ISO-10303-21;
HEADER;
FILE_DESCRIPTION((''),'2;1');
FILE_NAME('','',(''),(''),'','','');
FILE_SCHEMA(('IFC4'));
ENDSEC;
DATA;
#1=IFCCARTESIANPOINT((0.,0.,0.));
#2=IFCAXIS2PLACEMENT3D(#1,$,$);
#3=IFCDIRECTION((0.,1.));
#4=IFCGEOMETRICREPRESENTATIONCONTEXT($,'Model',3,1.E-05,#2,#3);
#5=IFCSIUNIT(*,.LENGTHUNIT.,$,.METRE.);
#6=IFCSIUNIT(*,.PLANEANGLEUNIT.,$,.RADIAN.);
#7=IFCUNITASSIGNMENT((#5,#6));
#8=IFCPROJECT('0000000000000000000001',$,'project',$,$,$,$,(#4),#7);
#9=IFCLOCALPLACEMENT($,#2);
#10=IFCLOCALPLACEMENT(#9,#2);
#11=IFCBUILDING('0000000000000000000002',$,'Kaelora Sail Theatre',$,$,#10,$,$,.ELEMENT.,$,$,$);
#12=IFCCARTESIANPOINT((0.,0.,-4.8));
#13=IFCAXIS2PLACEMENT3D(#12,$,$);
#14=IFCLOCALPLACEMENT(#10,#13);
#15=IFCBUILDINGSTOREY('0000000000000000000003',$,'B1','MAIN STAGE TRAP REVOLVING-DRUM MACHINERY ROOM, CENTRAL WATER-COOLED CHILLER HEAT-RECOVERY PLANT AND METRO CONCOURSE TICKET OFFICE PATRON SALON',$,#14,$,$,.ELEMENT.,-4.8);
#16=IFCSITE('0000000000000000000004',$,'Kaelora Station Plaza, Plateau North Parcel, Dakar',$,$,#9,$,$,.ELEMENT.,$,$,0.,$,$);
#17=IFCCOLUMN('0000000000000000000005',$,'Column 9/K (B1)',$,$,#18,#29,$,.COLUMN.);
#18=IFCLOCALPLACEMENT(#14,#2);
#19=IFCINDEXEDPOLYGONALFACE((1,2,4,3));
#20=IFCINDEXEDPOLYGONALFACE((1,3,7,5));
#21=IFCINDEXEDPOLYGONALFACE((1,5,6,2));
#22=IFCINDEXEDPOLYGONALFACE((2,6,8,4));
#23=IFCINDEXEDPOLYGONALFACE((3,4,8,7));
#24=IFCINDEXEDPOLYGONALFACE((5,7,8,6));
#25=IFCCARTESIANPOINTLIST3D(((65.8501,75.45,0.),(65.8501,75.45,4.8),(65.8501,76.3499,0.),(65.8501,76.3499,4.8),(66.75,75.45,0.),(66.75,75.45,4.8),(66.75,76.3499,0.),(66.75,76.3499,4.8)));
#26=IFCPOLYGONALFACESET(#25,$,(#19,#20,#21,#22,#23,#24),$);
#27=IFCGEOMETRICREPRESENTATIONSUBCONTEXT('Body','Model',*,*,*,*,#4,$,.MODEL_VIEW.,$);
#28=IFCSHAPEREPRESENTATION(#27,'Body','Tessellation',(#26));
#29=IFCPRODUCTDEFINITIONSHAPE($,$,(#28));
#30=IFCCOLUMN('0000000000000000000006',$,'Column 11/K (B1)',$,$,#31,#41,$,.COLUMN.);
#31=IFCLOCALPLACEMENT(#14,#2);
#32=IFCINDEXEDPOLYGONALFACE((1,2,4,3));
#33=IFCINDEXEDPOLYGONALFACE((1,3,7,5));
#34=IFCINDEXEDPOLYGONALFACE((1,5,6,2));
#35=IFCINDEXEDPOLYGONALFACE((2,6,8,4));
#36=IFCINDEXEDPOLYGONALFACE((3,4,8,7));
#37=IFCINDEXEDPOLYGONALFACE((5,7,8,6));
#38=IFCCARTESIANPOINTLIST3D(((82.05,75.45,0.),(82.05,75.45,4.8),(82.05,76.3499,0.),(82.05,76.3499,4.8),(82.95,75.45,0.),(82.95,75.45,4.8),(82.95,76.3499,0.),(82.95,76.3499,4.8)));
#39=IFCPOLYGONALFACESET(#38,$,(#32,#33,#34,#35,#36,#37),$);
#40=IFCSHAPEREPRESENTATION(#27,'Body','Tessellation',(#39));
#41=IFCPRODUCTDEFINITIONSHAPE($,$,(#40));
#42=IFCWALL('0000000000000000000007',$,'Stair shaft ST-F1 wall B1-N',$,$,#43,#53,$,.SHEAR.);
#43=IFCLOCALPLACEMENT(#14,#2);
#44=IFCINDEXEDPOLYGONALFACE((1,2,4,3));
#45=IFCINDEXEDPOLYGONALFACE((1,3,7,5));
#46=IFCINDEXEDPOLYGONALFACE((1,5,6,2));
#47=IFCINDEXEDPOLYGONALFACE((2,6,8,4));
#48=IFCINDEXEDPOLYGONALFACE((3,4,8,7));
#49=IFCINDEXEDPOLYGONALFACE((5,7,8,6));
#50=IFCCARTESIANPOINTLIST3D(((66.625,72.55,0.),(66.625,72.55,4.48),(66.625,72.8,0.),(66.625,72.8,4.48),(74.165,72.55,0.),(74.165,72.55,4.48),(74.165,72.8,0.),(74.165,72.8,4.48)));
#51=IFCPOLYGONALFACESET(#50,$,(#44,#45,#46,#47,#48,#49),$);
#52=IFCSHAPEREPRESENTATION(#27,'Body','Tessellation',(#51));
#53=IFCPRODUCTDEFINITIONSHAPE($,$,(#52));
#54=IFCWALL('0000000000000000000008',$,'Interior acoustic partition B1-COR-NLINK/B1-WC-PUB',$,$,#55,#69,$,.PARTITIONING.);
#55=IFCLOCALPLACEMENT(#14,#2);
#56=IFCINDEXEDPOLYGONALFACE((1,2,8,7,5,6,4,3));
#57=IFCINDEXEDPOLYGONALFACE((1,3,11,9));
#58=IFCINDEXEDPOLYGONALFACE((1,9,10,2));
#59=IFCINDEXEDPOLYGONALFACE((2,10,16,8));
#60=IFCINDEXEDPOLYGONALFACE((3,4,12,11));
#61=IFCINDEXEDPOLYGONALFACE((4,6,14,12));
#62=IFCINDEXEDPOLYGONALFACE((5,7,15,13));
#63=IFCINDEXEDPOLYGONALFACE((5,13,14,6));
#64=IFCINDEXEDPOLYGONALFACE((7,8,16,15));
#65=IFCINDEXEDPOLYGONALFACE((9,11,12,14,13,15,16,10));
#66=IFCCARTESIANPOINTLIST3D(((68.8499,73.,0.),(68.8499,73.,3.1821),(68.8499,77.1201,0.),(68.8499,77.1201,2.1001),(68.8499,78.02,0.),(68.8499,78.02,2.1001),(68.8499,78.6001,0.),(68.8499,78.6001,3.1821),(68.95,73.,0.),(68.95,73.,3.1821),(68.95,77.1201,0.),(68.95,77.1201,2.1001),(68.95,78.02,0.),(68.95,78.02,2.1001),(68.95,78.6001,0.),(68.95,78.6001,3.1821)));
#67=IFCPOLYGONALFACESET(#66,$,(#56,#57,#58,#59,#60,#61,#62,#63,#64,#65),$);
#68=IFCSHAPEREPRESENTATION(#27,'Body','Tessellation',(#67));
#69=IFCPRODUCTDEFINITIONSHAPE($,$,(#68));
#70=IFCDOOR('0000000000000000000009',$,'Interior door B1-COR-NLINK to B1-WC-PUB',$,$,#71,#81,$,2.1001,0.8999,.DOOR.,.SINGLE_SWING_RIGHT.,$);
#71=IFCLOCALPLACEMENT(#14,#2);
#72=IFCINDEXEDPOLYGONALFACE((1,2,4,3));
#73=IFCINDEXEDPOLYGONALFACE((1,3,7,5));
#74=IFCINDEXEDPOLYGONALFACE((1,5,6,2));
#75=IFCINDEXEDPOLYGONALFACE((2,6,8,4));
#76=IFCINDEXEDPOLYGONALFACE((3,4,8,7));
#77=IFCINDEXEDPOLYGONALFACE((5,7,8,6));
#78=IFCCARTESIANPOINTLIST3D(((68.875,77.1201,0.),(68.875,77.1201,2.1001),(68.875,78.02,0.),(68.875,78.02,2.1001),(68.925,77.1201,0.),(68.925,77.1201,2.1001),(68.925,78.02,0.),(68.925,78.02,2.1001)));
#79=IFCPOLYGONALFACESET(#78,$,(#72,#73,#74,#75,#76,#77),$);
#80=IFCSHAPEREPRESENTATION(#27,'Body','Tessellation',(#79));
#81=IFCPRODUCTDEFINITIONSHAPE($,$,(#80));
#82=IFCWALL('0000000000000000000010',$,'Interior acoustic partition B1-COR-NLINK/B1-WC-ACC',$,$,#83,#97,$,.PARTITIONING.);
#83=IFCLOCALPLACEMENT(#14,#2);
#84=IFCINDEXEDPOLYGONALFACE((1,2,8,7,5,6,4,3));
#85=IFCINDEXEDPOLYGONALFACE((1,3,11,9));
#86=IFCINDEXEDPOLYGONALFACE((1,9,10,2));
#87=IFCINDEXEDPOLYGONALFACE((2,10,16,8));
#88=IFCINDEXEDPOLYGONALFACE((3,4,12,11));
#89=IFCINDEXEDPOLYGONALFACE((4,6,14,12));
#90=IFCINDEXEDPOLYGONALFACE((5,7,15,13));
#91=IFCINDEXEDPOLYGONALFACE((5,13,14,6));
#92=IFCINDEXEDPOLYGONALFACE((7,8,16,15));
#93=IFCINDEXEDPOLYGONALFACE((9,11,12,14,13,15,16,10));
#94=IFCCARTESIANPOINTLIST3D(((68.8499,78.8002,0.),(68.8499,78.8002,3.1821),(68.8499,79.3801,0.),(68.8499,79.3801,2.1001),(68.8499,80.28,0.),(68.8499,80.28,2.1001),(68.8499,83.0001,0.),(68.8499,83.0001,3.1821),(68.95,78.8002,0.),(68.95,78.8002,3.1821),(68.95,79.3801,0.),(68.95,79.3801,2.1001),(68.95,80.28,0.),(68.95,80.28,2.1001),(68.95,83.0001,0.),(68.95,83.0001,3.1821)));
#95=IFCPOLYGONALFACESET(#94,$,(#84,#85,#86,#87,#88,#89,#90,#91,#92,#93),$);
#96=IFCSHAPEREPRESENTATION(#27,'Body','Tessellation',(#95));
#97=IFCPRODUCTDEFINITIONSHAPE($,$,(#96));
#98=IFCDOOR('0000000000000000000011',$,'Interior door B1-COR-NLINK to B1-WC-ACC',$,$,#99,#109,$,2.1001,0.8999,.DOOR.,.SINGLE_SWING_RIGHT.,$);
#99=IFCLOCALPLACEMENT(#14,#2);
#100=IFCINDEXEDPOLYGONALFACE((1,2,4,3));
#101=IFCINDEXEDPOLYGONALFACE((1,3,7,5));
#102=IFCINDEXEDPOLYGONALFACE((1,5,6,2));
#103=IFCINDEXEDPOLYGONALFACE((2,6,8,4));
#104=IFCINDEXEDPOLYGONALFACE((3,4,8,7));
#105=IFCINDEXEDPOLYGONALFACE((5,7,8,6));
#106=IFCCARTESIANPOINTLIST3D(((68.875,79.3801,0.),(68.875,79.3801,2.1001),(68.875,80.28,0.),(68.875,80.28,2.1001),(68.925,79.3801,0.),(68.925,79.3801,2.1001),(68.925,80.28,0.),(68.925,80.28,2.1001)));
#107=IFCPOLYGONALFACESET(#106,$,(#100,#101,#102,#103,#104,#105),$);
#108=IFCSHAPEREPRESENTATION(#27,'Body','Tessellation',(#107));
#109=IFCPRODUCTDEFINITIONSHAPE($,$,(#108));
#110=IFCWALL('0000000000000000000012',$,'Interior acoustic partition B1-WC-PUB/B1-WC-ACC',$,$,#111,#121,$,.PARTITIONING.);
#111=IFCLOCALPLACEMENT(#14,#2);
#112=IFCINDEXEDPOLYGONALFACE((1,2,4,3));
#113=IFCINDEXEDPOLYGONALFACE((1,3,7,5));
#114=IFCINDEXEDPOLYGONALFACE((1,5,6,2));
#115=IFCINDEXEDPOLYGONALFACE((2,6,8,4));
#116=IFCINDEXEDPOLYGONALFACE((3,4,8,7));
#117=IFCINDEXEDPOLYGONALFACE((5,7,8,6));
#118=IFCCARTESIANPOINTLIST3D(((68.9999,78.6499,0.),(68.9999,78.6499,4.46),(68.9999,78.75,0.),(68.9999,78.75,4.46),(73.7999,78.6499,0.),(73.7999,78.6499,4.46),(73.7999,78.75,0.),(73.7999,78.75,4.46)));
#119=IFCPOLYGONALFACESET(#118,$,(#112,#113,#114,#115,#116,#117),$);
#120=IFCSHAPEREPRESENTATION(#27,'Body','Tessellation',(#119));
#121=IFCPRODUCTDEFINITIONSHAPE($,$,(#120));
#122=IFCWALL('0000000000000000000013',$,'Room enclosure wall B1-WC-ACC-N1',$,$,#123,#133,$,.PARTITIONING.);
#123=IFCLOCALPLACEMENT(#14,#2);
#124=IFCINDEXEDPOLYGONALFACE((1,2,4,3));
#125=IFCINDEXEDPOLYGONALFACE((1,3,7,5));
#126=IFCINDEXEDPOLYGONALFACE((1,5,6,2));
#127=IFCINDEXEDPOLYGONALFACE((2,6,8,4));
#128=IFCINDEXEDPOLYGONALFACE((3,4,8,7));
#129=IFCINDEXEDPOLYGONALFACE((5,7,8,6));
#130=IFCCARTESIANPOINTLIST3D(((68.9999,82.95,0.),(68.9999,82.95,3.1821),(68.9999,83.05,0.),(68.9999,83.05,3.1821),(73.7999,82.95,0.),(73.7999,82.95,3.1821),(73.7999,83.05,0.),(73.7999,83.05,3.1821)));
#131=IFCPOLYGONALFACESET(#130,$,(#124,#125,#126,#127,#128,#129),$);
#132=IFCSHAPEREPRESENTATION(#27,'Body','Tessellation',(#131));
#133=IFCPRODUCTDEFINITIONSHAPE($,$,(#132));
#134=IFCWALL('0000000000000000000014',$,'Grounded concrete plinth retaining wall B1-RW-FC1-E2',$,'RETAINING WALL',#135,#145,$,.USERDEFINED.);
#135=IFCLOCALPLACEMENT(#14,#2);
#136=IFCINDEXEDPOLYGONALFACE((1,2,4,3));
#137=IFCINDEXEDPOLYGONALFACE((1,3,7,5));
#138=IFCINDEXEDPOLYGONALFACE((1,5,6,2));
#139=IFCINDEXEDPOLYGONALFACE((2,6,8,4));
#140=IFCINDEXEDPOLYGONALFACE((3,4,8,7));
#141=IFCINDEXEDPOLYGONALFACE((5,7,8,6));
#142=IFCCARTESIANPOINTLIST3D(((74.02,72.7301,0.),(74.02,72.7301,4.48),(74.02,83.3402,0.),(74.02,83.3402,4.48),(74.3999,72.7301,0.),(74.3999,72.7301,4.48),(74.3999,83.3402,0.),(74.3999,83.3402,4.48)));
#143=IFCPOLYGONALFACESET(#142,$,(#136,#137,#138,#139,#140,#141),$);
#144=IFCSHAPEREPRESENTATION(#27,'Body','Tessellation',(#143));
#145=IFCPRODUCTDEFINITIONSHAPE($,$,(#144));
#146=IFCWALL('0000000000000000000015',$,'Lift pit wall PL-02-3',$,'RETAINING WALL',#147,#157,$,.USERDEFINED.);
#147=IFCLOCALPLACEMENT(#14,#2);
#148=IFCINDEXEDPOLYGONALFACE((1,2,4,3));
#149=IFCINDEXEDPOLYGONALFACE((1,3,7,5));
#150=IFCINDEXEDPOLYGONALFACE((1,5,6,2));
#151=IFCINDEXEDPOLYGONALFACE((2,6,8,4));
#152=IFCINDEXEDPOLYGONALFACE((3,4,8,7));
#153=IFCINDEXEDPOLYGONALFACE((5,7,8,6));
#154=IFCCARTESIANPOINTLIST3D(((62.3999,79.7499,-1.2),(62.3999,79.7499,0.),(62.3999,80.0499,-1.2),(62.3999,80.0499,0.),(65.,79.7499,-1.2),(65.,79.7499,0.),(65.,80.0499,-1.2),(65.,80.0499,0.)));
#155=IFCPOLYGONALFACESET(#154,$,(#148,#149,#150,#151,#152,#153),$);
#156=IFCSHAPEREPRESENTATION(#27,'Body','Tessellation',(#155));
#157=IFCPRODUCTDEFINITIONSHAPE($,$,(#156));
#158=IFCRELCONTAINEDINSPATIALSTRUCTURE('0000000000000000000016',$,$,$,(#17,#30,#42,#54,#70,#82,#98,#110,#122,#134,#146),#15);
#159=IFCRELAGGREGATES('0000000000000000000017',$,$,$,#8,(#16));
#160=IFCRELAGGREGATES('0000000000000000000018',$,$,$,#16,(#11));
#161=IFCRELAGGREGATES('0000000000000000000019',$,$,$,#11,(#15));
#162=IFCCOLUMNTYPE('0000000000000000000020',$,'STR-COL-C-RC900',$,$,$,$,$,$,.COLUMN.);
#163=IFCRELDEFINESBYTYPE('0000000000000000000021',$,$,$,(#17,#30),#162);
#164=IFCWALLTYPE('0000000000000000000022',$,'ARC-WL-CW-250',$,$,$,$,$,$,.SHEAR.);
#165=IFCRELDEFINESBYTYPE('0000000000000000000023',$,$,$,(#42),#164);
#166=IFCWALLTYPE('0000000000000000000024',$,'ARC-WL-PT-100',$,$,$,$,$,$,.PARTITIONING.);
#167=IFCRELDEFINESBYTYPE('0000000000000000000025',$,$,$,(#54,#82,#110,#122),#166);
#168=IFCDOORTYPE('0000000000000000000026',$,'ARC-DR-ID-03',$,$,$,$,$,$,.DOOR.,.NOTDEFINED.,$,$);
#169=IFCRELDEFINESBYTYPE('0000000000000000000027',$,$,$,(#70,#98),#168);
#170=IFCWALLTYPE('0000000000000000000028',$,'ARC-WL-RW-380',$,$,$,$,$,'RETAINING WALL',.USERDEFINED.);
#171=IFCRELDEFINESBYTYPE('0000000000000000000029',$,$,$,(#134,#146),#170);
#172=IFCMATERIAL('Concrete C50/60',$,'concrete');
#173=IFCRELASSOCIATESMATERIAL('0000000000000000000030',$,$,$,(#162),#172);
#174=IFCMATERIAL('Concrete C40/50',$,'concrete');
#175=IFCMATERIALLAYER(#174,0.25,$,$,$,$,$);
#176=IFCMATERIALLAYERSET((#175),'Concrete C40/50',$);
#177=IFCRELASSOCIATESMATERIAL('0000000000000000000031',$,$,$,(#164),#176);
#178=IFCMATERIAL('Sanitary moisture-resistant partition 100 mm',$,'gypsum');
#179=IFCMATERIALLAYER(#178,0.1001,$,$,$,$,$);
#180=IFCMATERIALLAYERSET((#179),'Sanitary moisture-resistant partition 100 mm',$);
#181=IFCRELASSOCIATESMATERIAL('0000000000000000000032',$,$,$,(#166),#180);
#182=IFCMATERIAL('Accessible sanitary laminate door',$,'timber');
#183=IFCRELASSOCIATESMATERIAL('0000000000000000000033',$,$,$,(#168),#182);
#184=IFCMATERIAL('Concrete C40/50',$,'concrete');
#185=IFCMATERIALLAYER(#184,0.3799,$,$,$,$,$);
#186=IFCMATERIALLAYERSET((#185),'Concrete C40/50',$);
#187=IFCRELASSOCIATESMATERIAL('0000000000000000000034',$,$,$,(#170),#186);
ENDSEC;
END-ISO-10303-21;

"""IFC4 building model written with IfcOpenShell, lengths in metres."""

from ifc_helpers import new_model, si_unit, direction, frame, frame_2d, origin, origin_2d, place, context, subcontext, project, spatial, rectangle, extrude, material, layer, layer_set, material_profile, profile_set, type_object, element, fill, save


model = new_model("IFC4")

# Units and contexts
model_context = context("Model", 3, precision=1e-05, world=origin(), true_north=direction((0.0, 1.0)))
body_context = subcontext(model_context, "Body", "Model", "MODEL_VIEW")
ifc_project = project(units=[si_unit("LENGTHUNIT", "METRE"), si_unit("PLANEANGLEUNIT", "RADIAN")], contexts=[model_context])

# Site, building, storey
site_placement = place(None, origin())
site = spatial("IfcSite", under=ifc_project, at=site_placement, Name="Kaelora Station Plaza, Plateau North Parcel, Dakar", CompositionType="ELEMENT", RefElevation=0.0)
building_placement = place(site_placement, origin())
building = spatial("IfcBuilding", under=site, at=building_placement, Name="Kaelora Sail Theatre", CompositionType="ELEMENT")
storey_placement = place(building_placement, frame((0.0, 0.0, -4.8)))
storey = spatial("IfcBuildingStorey", under=building, at=storey_placement, Name="B1", Description="MAIN STAGE TRAP REVOLVING-DRUM MACHINERY ROOM, CENTRAL WATER-COOLED CHILLER HEAT-RECOVERY PLANT AND METRO CONCOURSE TICKET OFFICE PATRON SALON", CompositionType="ELEMENT", Elevation=-4.8)

# Columns
ifc_material_1 = material(Name="Concrete C50/60", Category="concrete")
ifc_material_profile_1 = material_profile(ifc_material_1, rectangle(XDim=0.8999, YDim=0.8999, at=origin_2d()), Name="RC-COL 900x900")
ifc_profile_set_1 = profile_set([ifc_material_profile_1], Name="Concrete C50/60")
column_type_1 = type_object("IfcColumnType", Name="STR-COL-C-RC900", PredefinedType="COLUMN", material=ifc_profile_set_1)
for number, where, z_axis, x_axis, name in (
    (1, (66.3, 75.8999, 0.0), (0.0, 0.0, 1.0), (1.0, 0.0, 0.0), "Column 9/K (B1)"),
    (2, (82.5, 75.8999, 0.0), (0.0, 0.0, 1.0), (1.0, 0.0, 0.0), "Column 11/K (B1)"),
):
    element("IfcColumn", number, at=place(storey_placement, frame(where, z_axis=z_axis, x_axis=x_axis)), inside=storey, type_object=column_type_1, Name=name, PredefinedType="COLUMN", context=body_context, shape_type="SweptSolid", body=[
        extrude(rectangle(XDim=0.8999, YDim=0.8999, at=origin_2d()), origin(), (0.0, 0.0, 1.0), 4.8),
    ])

# Wall
ifc_material_2 = material(Name="Concrete C40/50", Category="concrete")
ifc_layer_1 = layer(ifc_material_2, 0.25)
ifc_layer_set_1 = layer_set([ifc_layer_1], Name="Concrete C40/50")
wall_type_1 = type_object("IfcWallType", Name="ARC-WL-CW-250", PredefinedType="SHEAR", material=ifc_layer_set_1)
wall_1_placement = place(storey_placement, frame((66.625, 72.675, 0.0), z_axis=(0.0, 0.0, 1.0), x_axis=(1.0, 0.0, 0.0)))
element("IfcWall", 3, at=wall_1_placement, inside=storey, type_object=wall_type_1, Name="Stair shaft ST-F1 wall B1-N", PredefinedType="SHEAR", context=body_context, shape_type="SweptSolid", body=[
    extrude(rectangle(XDim=7.54, YDim=0.25, at=frame_2d((3.77, 0.0))), origin(), (0.0, 0.0, 1.0), 4.48),
])

# Walls, openings, doors
ifc_material_3 = material(Name="Sanitary moisture-resistant partition 100 mm", Category="gypsum")
ifc_layer_2 = layer(ifc_material_3, 0.1001)
ifc_layer_set_2 = layer_set([ifc_layer_2], Name="Sanitary moisture-resistant partition 100 mm")
wall_type_2 = type_object("IfcWallType", Name="ARC-WL-PT-100", PredefinedType="PARTITIONING", material=ifc_layer_set_2)
wall_2_placement = place(storey_placement, frame((68.8999, 73.0, 0.0), z_axis=(0.0, 0.0, 1.0), x_axis=(0.0, 1.0, 0.0)))
wall_2 = element("IfcWall", 4, at=wall_2_placement, inside=storey, type_object=wall_type_2, Name="Interior acoustic partition B1-COR-NLINK/B1-WC-PUB", PredefinedType="PARTITIONING", context=body_context, shape_type="SweptSolid", body=[
    extrude(rectangle(XDim=5.6001, YDim=0.1001, at=frame_2d((2.8, 0.0))), origin(), (0.0, 0.0, 1.0), 3.1821),
])
opening_1_placement = place(wall_2_placement, frame((4.1201, 0.0, 0.0)))
opening_1 = element("IfcOpeningElement", 5, at=opening_1_placement, cuts=wall_2, PredefinedType="OPENING", context=body_context, shape_type="SweptSolid", body=[
    extrude(rectangle(XDim=0.8999, YDim=2.1001, at=frame_2d((0.45, 1.05))), frame((0.0, 0.06, 0.0), z_axis=(0.0, -1.0, 0.0), x_axis=(1.0, 0.0, 0.0)), (0.0, 0.0, 1.0), 0.1201),
])
ifc_material_4 = material(Name="Accessible sanitary laminate door", Category="timber")
door_type = type_object("IfcDoorType", Name="ARC-DR-ID-03", OperationType="NOTDEFINED", PredefinedType="DOOR", material=ifc_material_4)
door_1_placement = place(opening_1_placement, origin())
door_1 = element("IfcDoor", 6, at=door_1_placement, inside=storey, type_object=door_type, Name="Interior door B1-COR-NLINK to B1-WC-PUB", OperationType="SINGLE_SWING_RIGHT", OverallHeight=2.1001, OverallWidth=0.8999, PredefinedType="DOOR", context=body_context, shape_type="SweptSolid", body=[
    extrude(rectangle(XDim=0.8999, YDim=2.1001, at=frame_2d((0.45, 1.05))), frame((0.0, 0.0249, 0.0), z_axis=(0.0, -1.0, 0.0), x_axis=(1.0, 0.0, 0.0)), (0.0, 0.0, 1.0), 0.05),
])
fill(opening_1, door_1)
wall_3_placement = place(storey_placement, frame((68.8999, 78.8, 0.0), z_axis=(0.0, 0.0, 1.0), x_axis=(0.0, 1.0, 0.0)))
wall_3 = element("IfcWall", 7, at=wall_3_placement, inside=storey, type_object=wall_type_2, Name="Interior acoustic partition B1-COR-NLINK/B1-WC-ACC", PredefinedType="PARTITIONING", context=body_context, shape_type="SweptSolid", body=[
    extrude(rectangle(XDim=4.2, YDim=0.1001, at=frame_2d((2.1001, 0.0))), origin(), (0.0, 0.0, 1.0), 3.1821),
])
opening_2_placement = place(wall_3_placement, frame((0.5801, 0.0, 0.0)))
opening_2 = element("IfcOpeningElement", 8, at=opening_2_placement, cuts=wall_3, PredefinedType="OPENING", context=body_context, shape_type="SweptSolid", body=[
    extrude(rectangle(XDim=0.8999, YDim=2.1001, at=frame_2d((0.45, 1.05))), frame((0.0, 0.06, 0.0), z_axis=(0.0, -1.0, 0.0), x_axis=(1.0, 0.0, 0.0)), (0.0, 0.0, 1.0), 0.1201),
])
door_2_placement = place(opening_2_placement, origin())
door_2 = element("IfcDoor", 9, at=door_2_placement, inside=storey, type_object=door_type, Name="Interior door B1-COR-NLINK to B1-WC-ACC", OperationType="SINGLE_SWING_RIGHT", OverallHeight=2.1001, OverallWidth=0.8999, PredefinedType="DOOR", context=body_context, shape_type="SweptSolid", body=[
    extrude(rectangle(XDim=0.8999, YDim=2.1001, at=frame_2d((0.45, 1.05))), frame((0.0, 0.0249, 0.0), z_axis=(0.0, -1.0, 0.0), x_axis=(1.0, 0.0, 0.0)), (0.0, 0.0, 1.0), 0.05),
])
fill(opening_2, door_2)

# Walls
wall_4_placement = place(storey_placement, frame((69.0, 78.7, 0.0), z_axis=(0.0, 0.0, 1.0), x_axis=(1.0, 0.0, 0.0)))
element("IfcWall", 10, at=wall_4_placement, inside=storey, type_object=wall_type_2, Name="Interior acoustic partition B1-WC-PUB/B1-WC-ACC", PredefinedType="PARTITIONING", context=body_context, shape_type="SweptSolid", body=[
    extrude(rectangle(XDim=4.8, YDim=0.1001, at=frame_2d((2.3999, 0.0))), origin(), (0.0, 0.0, 1.0), 4.46),
])
wall_5_placement = place(storey_placement, frame((69.0, 83.0, 0.0), z_axis=(0.0, 0.0, 1.0), x_axis=(1.0, 0.0, 0.0)))
element("IfcWall", 11, at=wall_5_placement, inside=storey, type_object=wall_type_2, Name="Room enclosure wall B1-WC-ACC-N1", PredefinedType="PARTITIONING", context=body_context, shape_type="SweptSolid", body=[
    extrude(rectangle(XDim=4.8, YDim=0.1001, at=frame_2d((2.3999, 0.0))), origin(), (0.0, 0.0, 1.0), 3.1821),
])
ifc_material_5 = material(Name="Concrete C40/50", Category="concrete")
ifc_layer_3 = layer(ifc_material_5, 0.3799)
ifc_layer_set_3 = layer_set([ifc_layer_3], Name="Concrete C40/50")
wall_type_3 = type_object("IfcWallType", Name="ARC-WL-RW-380", ElementType="RETAINING WALL", PredefinedType="USERDEFINED", material=ifc_layer_set_3)
wall_6_placement = place(storey_placement, frame((74.21, 72.73, 0.0), z_axis=(0.0, 0.0, 1.0), x_axis=(0.0, 1.0, 0.0)))
element("IfcWall", 12, at=wall_6_placement, inside=storey, type_object=wall_type_3, Name="Grounded concrete plinth retaining wall B1-RW-FC1-E2", ObjectType="RETAINING WALL", PredefinedType="USERDEFINED", context=body_context, shape_type="SweptSolid", body=[
    extrude(rectangle(XDim=10.6101, YDim=0.3799, at=frame_2d((5.3052, 0.0))), origin(), (0.0, 0.0, 1.0), 4.48),
])
wall_7_placement = place(storey_placement, frame((65.0, 79.8999, -1.2), z_axis=(0.0, 0.0, 1.0), x_axis=(-1.0, 0.0, 0.0)))
element("IfcWall", 13, at=wall_7_placement, inside=storey, type_object=wall_type_3, Name="Lift pit wall PL-02-3", ObjectType="RETAINING WALL", PredefinedType="USERDEFINED", context=body_context, shape_type="SweptSolid", body=[
    extrude(rectangle(XDim=2.6001, YDim=0.3, at=frame_2d((1.3, 0.0))), origin(), (0.0, 0.0, 1.0), 1.2),
])

save(model, "model.ifc")
